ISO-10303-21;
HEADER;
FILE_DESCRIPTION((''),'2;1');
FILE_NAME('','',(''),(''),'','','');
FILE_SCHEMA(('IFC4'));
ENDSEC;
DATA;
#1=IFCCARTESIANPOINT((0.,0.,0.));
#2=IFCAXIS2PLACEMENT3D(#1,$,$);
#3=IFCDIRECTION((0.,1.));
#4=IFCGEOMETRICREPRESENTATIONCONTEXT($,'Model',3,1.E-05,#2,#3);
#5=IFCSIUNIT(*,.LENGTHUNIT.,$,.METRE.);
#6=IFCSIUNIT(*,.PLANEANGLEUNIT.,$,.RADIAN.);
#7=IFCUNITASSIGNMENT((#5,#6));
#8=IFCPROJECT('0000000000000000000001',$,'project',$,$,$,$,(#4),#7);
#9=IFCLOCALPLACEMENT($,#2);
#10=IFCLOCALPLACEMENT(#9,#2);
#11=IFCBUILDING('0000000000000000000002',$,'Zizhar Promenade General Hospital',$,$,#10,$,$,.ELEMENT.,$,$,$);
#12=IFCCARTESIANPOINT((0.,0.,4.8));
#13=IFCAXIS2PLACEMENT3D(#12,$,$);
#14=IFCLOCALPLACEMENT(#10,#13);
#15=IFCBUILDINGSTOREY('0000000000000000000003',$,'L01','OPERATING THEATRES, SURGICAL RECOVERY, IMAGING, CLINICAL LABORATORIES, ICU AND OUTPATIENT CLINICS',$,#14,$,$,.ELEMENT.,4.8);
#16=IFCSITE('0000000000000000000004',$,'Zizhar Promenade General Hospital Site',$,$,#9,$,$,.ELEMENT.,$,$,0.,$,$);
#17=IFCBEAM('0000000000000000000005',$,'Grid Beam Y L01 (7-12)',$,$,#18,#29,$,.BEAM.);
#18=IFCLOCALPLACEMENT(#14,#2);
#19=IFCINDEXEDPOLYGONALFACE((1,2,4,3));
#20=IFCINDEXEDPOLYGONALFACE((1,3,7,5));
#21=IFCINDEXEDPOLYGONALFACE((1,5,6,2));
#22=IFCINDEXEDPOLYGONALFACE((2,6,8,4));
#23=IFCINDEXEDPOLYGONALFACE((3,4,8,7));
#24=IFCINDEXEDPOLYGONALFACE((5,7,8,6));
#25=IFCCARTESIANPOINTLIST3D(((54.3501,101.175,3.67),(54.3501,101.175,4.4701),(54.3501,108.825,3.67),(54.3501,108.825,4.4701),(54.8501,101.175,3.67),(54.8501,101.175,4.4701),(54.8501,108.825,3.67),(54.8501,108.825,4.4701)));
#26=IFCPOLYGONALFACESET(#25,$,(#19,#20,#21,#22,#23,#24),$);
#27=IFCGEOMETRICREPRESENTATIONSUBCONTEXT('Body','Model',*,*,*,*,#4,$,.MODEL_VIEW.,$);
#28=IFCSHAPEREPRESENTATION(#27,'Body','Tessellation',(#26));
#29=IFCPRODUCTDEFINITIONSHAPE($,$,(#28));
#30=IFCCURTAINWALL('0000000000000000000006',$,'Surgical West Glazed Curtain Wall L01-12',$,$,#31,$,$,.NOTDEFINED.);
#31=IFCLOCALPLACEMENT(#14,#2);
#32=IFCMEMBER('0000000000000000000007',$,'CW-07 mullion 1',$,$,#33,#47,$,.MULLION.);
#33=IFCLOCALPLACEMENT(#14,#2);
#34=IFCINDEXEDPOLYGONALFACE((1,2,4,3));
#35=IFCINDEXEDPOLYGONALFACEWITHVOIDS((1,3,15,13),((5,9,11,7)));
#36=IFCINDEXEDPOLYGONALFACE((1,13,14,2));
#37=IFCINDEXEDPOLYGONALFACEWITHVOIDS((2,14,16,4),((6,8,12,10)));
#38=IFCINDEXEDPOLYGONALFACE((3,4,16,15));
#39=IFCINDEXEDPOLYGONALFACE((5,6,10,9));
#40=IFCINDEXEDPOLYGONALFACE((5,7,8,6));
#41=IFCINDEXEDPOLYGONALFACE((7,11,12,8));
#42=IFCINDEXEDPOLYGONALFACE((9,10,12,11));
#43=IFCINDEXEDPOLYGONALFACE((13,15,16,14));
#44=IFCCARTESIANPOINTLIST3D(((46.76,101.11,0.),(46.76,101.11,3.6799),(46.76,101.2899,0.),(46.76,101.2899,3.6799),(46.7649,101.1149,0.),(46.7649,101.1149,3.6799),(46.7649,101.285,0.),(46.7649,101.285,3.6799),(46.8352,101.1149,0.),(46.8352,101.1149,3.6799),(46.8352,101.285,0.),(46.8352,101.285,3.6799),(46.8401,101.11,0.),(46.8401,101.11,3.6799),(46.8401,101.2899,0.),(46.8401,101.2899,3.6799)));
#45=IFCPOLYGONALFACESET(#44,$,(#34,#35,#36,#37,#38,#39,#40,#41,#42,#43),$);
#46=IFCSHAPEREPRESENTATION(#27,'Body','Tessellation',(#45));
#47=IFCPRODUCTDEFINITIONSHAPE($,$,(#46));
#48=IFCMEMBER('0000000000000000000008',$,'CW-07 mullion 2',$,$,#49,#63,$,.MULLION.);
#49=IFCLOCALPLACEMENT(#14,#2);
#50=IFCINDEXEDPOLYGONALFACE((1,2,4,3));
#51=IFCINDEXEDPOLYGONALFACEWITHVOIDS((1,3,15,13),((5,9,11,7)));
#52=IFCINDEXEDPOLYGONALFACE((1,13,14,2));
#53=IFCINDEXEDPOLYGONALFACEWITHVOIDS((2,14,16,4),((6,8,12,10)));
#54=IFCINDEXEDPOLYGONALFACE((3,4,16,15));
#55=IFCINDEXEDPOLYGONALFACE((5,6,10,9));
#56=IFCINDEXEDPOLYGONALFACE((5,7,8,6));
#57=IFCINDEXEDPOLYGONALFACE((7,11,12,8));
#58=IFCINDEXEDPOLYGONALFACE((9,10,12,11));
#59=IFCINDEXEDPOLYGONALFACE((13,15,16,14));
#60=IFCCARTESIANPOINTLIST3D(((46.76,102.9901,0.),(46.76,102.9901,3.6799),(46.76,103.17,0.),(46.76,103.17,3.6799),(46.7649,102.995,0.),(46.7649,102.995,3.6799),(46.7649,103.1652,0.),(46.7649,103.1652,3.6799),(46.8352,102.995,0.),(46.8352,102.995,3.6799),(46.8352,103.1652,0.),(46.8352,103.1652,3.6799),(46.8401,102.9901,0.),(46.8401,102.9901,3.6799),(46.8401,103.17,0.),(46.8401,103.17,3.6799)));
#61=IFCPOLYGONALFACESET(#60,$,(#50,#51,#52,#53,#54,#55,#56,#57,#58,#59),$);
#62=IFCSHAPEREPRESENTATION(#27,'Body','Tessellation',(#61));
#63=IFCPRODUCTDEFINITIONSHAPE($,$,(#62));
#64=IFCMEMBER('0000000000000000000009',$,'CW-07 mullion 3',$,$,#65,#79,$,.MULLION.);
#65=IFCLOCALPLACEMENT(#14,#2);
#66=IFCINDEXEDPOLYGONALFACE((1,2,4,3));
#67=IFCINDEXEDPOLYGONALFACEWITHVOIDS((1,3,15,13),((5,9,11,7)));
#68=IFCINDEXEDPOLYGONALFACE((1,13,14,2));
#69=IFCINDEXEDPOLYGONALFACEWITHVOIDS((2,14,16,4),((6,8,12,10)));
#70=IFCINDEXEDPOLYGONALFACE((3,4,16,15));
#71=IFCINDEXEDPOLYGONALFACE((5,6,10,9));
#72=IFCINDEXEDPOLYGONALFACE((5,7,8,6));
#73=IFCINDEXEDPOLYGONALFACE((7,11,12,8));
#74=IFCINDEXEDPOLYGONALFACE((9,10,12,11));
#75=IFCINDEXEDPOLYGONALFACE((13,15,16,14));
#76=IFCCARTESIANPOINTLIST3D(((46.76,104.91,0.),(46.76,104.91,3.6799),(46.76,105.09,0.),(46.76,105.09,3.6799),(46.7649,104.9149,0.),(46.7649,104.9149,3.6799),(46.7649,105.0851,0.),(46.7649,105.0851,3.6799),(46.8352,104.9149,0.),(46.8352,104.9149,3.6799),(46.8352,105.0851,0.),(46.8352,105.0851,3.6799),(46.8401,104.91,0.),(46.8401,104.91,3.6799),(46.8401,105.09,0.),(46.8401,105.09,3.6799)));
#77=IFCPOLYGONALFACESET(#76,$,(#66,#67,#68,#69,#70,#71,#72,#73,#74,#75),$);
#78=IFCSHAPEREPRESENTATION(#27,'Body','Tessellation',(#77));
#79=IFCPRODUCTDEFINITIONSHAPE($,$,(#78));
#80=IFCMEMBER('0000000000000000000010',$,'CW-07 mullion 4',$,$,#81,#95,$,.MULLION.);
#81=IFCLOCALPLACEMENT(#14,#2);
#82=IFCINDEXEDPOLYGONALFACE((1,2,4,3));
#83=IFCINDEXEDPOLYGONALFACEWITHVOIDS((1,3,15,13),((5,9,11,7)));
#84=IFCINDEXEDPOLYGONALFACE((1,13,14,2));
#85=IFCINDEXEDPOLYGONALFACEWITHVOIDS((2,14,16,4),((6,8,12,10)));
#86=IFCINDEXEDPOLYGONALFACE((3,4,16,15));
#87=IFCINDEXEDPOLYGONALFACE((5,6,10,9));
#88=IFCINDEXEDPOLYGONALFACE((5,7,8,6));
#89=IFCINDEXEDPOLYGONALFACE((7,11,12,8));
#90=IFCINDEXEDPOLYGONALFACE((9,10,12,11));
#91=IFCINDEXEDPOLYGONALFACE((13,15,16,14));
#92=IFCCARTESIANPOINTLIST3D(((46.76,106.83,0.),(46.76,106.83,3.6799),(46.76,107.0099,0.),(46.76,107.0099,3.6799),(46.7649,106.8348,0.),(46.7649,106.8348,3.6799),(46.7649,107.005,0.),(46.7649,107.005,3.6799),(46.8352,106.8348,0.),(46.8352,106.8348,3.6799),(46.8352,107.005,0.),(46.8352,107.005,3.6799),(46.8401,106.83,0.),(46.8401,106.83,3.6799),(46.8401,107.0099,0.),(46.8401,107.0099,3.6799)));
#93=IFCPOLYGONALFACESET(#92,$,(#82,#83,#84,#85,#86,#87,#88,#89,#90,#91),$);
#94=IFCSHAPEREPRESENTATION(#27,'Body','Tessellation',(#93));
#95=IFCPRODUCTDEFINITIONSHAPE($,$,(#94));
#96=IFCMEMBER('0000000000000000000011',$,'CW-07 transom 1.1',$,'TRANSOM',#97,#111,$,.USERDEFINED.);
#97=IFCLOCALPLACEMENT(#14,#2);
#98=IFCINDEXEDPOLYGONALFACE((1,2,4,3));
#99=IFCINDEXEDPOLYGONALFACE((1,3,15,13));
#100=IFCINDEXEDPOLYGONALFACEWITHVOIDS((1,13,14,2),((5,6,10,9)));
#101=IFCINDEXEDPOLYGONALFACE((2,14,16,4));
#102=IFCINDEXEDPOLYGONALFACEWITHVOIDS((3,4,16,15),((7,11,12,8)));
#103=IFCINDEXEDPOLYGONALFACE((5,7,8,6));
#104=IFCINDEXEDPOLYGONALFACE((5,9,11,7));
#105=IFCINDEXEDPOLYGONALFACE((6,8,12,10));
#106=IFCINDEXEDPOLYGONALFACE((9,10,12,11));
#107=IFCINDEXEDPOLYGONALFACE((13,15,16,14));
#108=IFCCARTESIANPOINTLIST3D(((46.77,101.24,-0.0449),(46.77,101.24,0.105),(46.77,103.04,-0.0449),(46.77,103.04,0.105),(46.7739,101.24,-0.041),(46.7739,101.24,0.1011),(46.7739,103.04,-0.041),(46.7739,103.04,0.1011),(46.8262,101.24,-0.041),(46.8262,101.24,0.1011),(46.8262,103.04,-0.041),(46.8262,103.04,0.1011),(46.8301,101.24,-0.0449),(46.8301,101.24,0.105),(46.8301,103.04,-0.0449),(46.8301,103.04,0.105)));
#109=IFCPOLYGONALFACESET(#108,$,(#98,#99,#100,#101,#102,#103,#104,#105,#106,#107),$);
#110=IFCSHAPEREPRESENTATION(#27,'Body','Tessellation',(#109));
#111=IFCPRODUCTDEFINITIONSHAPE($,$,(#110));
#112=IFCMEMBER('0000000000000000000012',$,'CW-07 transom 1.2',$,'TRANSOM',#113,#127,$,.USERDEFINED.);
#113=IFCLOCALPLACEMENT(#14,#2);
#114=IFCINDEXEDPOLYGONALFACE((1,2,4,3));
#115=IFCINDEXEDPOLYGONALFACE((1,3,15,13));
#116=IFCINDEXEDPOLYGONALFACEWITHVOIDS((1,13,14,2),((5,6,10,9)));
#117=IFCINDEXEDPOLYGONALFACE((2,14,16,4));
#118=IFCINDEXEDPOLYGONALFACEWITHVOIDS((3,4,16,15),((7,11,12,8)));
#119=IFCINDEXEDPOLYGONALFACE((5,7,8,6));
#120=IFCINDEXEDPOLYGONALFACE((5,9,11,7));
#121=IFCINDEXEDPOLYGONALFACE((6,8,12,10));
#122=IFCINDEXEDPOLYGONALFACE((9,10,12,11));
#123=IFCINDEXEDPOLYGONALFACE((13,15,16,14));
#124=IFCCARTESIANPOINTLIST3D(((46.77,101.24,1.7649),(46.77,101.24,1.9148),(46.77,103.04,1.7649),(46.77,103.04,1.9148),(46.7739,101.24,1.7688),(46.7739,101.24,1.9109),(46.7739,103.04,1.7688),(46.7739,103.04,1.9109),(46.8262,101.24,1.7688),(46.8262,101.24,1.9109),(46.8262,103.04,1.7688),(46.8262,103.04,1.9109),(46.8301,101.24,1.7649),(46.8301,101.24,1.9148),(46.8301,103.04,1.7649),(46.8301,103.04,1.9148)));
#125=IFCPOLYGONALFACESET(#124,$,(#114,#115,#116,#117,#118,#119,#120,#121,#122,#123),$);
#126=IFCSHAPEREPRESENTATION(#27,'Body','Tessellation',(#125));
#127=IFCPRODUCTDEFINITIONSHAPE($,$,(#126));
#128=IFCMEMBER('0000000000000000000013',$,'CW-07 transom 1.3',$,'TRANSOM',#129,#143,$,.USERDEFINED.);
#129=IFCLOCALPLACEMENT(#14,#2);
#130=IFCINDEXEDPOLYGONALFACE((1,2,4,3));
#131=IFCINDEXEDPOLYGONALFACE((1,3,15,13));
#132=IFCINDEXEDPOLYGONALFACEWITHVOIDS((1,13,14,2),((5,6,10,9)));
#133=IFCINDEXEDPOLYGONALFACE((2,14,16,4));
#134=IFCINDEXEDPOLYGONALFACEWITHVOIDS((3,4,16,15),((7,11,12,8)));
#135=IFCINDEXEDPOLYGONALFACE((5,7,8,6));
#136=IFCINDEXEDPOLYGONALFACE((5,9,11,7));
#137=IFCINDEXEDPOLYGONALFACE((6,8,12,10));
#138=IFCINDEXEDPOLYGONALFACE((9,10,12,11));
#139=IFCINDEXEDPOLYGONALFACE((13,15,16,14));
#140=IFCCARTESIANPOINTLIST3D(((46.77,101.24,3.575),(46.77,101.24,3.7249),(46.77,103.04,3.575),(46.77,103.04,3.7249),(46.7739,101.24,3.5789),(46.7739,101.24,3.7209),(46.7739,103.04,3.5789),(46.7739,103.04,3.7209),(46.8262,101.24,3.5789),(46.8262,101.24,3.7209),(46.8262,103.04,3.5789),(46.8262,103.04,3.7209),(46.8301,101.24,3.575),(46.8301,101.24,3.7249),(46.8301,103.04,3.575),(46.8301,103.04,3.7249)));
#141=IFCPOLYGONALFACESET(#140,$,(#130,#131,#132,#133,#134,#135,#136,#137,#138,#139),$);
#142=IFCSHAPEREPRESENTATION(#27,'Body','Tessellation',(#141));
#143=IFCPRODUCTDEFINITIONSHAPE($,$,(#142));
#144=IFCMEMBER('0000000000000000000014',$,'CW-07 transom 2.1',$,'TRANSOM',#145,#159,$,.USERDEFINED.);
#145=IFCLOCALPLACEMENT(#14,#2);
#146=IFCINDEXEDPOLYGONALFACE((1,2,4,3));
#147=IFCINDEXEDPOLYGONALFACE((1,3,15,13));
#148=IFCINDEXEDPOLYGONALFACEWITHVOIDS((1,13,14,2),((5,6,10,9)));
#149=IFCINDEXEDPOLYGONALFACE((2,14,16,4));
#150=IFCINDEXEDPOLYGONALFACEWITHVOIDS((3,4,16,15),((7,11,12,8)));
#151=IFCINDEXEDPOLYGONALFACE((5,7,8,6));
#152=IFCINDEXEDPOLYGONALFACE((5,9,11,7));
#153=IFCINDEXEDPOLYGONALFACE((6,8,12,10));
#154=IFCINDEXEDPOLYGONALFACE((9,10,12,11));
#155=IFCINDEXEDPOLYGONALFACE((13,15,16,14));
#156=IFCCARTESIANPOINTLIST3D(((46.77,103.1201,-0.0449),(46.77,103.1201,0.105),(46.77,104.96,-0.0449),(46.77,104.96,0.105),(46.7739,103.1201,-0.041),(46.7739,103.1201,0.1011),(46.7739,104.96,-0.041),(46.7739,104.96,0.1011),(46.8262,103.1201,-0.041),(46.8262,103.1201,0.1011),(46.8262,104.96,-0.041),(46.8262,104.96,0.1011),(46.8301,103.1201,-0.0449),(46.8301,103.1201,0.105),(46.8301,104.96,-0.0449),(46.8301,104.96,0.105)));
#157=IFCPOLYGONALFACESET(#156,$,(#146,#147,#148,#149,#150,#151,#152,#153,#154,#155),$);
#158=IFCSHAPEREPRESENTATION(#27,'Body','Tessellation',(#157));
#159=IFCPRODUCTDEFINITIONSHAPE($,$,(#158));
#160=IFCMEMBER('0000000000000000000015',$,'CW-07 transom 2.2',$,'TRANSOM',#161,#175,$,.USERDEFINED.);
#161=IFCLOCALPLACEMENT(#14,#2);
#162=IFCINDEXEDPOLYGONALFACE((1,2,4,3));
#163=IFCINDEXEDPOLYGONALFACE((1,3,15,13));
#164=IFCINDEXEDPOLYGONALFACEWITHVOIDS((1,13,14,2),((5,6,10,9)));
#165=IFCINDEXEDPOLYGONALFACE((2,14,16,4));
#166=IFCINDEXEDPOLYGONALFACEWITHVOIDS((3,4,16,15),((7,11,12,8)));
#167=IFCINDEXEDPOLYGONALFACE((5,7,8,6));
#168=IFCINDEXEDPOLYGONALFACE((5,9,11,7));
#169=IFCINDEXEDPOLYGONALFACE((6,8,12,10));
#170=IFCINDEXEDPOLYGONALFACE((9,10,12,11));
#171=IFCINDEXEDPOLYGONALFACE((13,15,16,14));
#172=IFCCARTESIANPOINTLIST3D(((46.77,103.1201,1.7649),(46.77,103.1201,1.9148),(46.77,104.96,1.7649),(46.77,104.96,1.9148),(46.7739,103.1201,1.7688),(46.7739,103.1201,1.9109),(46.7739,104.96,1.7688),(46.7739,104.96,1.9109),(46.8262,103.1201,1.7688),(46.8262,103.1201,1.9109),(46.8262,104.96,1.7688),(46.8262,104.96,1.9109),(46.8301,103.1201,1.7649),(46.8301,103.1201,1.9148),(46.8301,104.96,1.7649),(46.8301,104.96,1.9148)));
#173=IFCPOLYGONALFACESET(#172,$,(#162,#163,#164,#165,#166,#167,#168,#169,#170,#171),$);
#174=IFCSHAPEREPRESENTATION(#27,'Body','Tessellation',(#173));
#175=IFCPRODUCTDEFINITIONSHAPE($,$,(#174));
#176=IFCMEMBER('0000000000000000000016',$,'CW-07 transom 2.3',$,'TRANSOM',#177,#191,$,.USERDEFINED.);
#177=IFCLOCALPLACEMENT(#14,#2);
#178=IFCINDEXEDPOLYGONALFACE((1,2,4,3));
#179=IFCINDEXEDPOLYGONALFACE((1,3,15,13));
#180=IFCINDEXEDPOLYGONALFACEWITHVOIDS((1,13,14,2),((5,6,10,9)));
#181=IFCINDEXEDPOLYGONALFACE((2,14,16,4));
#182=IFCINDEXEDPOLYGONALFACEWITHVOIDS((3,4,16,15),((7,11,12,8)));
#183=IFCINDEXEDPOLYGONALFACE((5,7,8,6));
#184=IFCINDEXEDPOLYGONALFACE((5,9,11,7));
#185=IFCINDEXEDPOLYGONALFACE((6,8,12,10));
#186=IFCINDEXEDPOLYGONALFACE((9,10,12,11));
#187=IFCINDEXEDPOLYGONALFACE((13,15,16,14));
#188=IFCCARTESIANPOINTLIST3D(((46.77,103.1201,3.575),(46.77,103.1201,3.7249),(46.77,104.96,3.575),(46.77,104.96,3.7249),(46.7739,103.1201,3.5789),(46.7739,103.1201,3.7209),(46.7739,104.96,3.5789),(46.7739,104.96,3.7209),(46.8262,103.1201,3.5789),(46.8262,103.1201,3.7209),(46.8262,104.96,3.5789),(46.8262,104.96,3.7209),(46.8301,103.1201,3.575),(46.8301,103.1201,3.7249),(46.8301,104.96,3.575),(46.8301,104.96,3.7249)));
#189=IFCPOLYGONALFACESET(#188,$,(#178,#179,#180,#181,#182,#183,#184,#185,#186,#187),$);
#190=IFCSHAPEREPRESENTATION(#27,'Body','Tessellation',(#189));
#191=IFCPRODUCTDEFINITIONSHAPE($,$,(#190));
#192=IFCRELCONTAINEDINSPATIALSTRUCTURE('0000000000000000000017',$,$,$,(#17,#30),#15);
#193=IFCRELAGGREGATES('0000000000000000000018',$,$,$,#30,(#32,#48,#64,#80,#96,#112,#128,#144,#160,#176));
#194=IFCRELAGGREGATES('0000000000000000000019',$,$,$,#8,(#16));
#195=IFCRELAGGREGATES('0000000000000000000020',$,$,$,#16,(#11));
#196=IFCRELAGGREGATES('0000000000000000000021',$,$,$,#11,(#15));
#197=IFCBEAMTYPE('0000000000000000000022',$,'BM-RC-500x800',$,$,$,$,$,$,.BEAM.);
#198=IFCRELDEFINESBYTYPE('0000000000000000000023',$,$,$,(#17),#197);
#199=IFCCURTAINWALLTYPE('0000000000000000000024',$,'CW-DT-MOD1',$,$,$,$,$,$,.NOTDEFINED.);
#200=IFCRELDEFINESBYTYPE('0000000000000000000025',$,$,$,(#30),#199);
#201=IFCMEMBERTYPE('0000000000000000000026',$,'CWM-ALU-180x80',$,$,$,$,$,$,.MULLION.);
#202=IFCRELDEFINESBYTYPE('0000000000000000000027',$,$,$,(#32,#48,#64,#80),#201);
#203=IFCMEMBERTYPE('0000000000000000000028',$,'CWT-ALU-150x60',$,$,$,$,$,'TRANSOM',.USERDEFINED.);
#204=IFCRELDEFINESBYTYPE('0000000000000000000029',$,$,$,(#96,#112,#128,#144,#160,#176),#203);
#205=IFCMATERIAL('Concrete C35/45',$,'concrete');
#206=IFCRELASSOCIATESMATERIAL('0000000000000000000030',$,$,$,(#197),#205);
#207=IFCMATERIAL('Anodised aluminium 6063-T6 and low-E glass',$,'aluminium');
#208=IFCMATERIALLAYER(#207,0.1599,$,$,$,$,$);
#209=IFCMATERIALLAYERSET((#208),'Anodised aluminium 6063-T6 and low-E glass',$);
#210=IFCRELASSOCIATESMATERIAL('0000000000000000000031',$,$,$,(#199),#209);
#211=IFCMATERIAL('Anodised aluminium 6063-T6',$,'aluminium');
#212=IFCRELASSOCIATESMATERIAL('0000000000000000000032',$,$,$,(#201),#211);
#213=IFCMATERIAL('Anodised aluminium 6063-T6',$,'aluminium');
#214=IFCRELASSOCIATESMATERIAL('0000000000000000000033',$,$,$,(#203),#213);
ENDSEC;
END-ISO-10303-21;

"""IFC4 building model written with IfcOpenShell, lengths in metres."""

from ifc_helpers import new_model, si_unit, direction, frame, origin, origin_2d, place, context, subcontext, project, spatial, rectangle, hollow_rectangle, extrude, material, layer, layer_set, material_profile, profile_set, type_object, element, aggregate, save


model = new_model("IFC4")

# Units and contexts
model_context = context("Model", 3, precision=1e-05, world=origin(), true_north=direction((0.0, 1.0)))
body_context = subcontext(model_context, "Body", "Model", "MODEL_VIEW")
ifc_project = project(units=[si_unit("LENGTHUNIT", "METRE"), si_unit("PLANEANGLEUNIT", "RADIAN")], contexts=[model_context])

# Site, building, storey
site_placement = place(None, origin())
site = spatial("IfcSite", under=ifc_project, at=site_placement, Name="Zizhar Promenade General Hospital Site", CompositionType="ELEMENT", RefElevation=0.0)
building_placement = place(site_placement, origin())
building = spatial("IfcBuilding", under=site, at=building_placement, Name="Zizhar Promenade General Hospital", CompositionType="ELEMENT")
storey_placement = place(building_placement, frame((0.0, 0.0, 4.8)))
storey = spatial("IfcBuildingStorey", under=building, at=storey_placement, Name="L01", Description="OPERATING THEATRES, SURGICAL RECOVERY, IMAGING, CLINICAL LABORATORIES, ICU AND OUTPATIENT CLINICS", CompositionType="ELEMENT", Elevation=4.8)

# Beam
ifc_material_1 = material(Name="Concrete C35/45", Category="concrete")
ifc_material_profile_1 = material_profile(ifc_material_1, rectangle(XDim=0.5, YDim=0.8, at=origin_2d()))
ifc_profile_set_1 = profile_set([ifc_material_profile_1], Name="Concrete C35/45")
beam_type = type_object("IfcBeamType", Name="BM-RC-500x800", PredefinedType="BEAM", material=ifc_profile_set_1)
beam_placement = place(storey_placement, frame((54.6001, 101.175, 4.0701), z_axis=(0.0, 1.0, 0.0), x_axis=(-1.0, 0.0, 0.0)))
element("IfcBeam", 1, at=beam_placement, inside=storey, type_object=beam_type, Name="Grid Beam Y L01 (7-12)", PredefinedType="BEAM", context=body_context, shape_type="SweptSolid", body=[
    extrude(rectangle(XDim=0.5, YDim=0.8, at=origin_2d()), origin(), (0.0, 0.0, 1.0), 7.6499),
])

# Curtain wall, members
ifc_material_2 = material(Name="Anodised aluminium 6063-T6 and low-E glass", Category="aluminium")
ifc_layer_1 = layer(ifc_material_2, 0.1599)
ifc_layer_set_1 = layer_set([ifc_layer_1], Name="Anodised aluminium 6063-T6 and low-E glass")
curtain_wall_type = type_object("IfcCurtainWallType", Name="CW-DT-MOD1", PredefinedType="NOTDEFINED", material=ifc_layer_set_1)
curtain_wall_placement = place(storey_placement, origin())
curtain_wall = element("IfcCurtainWall", 2, at=curtain_wall_placement, inside=storey, type_object=curtain_wall_type, Name="Surgical West Glazed Curtain Wall L01-12", PredefinedType="NOTDEFINED")
ifc_material_3 = material(Name="Anodised aluminium 6063-T6", Category="aluminium")
ifc_material_profile_2 = material_profile(ifc_material_3, hollow_rectangle(XDim=0.0801, YDim=0.1799, WallThickness=0.0049, at=origin_2d()))
ifc_profile_set_2 = profile_set([ifc_material_profile_2], Name="Anodised aluminium 6063-T6")
member_type_1 = type_object("IfcMemberType", Name="CWM-ALU-180x80", PredefinedType="MULLION", material=ifc_profile_set_2)
member_1_placement = place(storey_placement, frame((46.8, 101.2, 0.0), z_axis=(0.0, 0.0, 1.0), x_axis=(-1.0, 0.0, 0.0)))
member_1 = element("IfcMember", 3, at=member_1_placement, type_object=member_type_1, Name="CW-07 mullion 1", PredefinedType="MULLION", context=body_context, shape_type="SweptSolid", body=[
    extrude(hollow_rectangle(XDim=0.0801, YDim=0.1799, WallThickness=0.0049, at=origin_2d()), origin(), (0.0, 0.0, 1.0), 3.6799),
])
member_2_placement = place(storey_placement, frame((46.8, 103.0801, 0.0), z_axis=(0.0, 0.0, 1.0), x_axis=(-1.0, 0.0, 0.0)))
member_2 = element("IfcMember", 4, at=member_2_placement, type_object=member_type_1, Name="CW-07 mullion 2", PredefinedType="MULLION", context=body_context, shape_type="SweptSolid", body=[
    extrude(hollow_rectangle(XDim=0.0801, YDim=0.1799, WallThickness=0.0049, at=origin_2d()), origin(), (0.0, 0.0, 1.0), 3.6799),
])
member_3_placement = place(storey_placement, frame((46.8, 105.0, 0.0), z_axis=(0.0, 0.0, 1.0), x_axis=(-1.0, 0.0, 0.0)))
member_3 = element("IfcMember", 5, at=member_3_placement, type_object=member_type_1, Name="CW-07 mullion 3", PredefinedType="MULLION", context=body_context, shape_type="SweptSolid", body=[
    extrude(hollow_rectangle(XDim=0.0801, YDim=0.1799, WallThickness=0.0049, at=origin_2d()), origin(), (0.0, 0.0, 1.0), 3.6799),
])
member_4_placement = place(storey_placement, frame((46.8, 106.9199, 0.0), z_axis=(0.0, 0.0, 1.0), x_axis=(-1.0, 0.0, 0.0)))
member_4 = element("IfcMember", 6, at=member_4_placement, type_object=member_type_1, Name="CW-07 mullion 4", PredefinedType="MULLION", context=body_context, shape_type="SweptSolid", body=[
    extrude(hollow_rectangle(XDim=0.0801, YDim=0.1799, WallThickness=0.0049, at=origin_2d()), origin(), (0.0, 0.0, 1.0), 3.6799),
])
ifc_material_4 = material(Name="Anodised aluminium 6063-T6", Category="aluminium")
ifc_material_profile_3 = material_profile(ifc_material_4, hollow_rectangle(XDim=0.0601, YDim=0.1499, WallThickness=0.0039, at=origin_2d()))
ifc_profile_set_3 = profile_set([ifc_material_profile_3], Name="Anodised aluminium 6063-T6")
member_type_2 = type_object("IfcMemberType", Name="CWT-ALU-150x60", ElementType="TRANSOM", PredefinedType="USERDEFINED", material=ifc_profile_set_3)
member_5_placement = place(storey_placement, frame((46.8, 101.24, 0.03), z_axis=(0.0, 1.0, 0.0), x_axis=(-1.0, 0.0, 0.0)))
member_5 = element("IfcMember", 7, at=member_5_placement, type_object=member_type_2, Name="CW-07 transom 1.1", ObjectType="TRANSOM", PredefinedType="USERDEFINED", context=body_context, shape_type="SweptSolid", body=[
    extrude(hollow_rectangle(XDim=0.0601, YDim=0.1499, WallThickness=0.0039, at=origin_2d()), origin(), (0.0, 0.0, 1.0), 1.8),
])
member_6_placement = place(storey_placement, frame((46.8, 101.24, 1.8398), z_axis=(0.0, 1.0, 0.0), x_axis=(-1.0, 0.0, 0.0)))
member_6 = element("IfcMember", 8, at=member_6_placement, type_object=member_type_2, Name="CW-07 transom 1.2", ObjectType="TRANSOM", PredefinedType="USERDEFINED", context=body_context, shape_type="SweptSolid", body=[
    extrude(hollow_rectangle(XDim=0.0601, YDim=0.1499, WallThickness=0.0039, at=origin_2d()), origin(), (0.0, 0.0, 1.0), 1.8),
])
member_7_placement = place(storey_placement, frame((46.8, 101.24, 3.6499), z_axis=(0.0, 1.0, 0.0), x_axis=(-1.0, 0.0, 0.0)))
member_7 = element("IfcMember", 9, at=member_7_placement, type_object=member_type_2, Name="CW-07 transom 1.3", ObjectType="TRANSOM", PredefinedType="USERDEFINED", context=body_context, shape_type="SweptSolid", body=[
    extrude(hollow_rectangle(XDim=0.0601, YDim=0.1499, WallThickness=0.0039, at=origin_2d()), origin(), (0.0, 0.0, 1.0), 1.8),
])
member_8_placement = place(storey_placement, frame((46.8, 103.1201, 0.03), z_axis=(0.0, 1.0, 0.0), x_axis=(-1.0, 0.0, 0.0)))
member_8 = element("IfcMember", 10, at=member_8_placement, type_object=member_type_2, Name="CW-07 transom 2.1", ObjectType="TRANSOM", PredefinedType="USERDEFINED", context=body_context, shape_type="SweptSolid", body=[
    extrude(hollow_rectangle(XDim=0.0601, YDim=0.1499, WallThickness=0.0039, at=origin_2d()), origin(), (0.0, 0.0, 1.0), 1.8398),
])
member_9_placement = place(storey_placement, frame((46.8, 103.1201, 1.8398), z_axis=(0.0, 1.0, 0.0), x_axis=(-1.0, 0.0, 0.0)))
member_9 = element("IfcMember", 11, at=member_9_placement, type_object=member_type_2, Name="CW-07 transom 2.2", ObjectType="TRANSOM", PredefinedType="USERDEFINED", context=body_context, shape_type="SweptSolid", body=[
    extrude(hollow_rectangle(XDim=0.0601, YDim=0.1499, WallThickness=0.0039, at=origin_2d()), origin(), (0.0, 0.0, 1.0), 1.8398),
])
member_10_placement = place(storey_placement, frame((46.8, 103.1201, 3.6499), z_axis=(0.0, 1.0, 0.0), x_axis=(-1.0, 0.0, 0.0)))
member_10 = element("IfcMember", 12, at=member_10_placement, type_object=member_type_2, Name="CW-07 transom 2.3", ObjectType="TRANSOM", PredefinedType="USERDEFINED", context=body_context, shape_type="SweptSolid", body=[
    extrude(hollow_rectangle(XDim=0.0601, YDim=0.1499, WallThickness=0.0039, at=origin_2d()), origin(), (0.0, 0.0, 1.0), 1.8398),
])
aggregate(curtain_wall, [member_1, member_2, member_3, member_4, member_5, member_6, member_7, member_8, member_9, member_10])

save(model, "model.ifc")
